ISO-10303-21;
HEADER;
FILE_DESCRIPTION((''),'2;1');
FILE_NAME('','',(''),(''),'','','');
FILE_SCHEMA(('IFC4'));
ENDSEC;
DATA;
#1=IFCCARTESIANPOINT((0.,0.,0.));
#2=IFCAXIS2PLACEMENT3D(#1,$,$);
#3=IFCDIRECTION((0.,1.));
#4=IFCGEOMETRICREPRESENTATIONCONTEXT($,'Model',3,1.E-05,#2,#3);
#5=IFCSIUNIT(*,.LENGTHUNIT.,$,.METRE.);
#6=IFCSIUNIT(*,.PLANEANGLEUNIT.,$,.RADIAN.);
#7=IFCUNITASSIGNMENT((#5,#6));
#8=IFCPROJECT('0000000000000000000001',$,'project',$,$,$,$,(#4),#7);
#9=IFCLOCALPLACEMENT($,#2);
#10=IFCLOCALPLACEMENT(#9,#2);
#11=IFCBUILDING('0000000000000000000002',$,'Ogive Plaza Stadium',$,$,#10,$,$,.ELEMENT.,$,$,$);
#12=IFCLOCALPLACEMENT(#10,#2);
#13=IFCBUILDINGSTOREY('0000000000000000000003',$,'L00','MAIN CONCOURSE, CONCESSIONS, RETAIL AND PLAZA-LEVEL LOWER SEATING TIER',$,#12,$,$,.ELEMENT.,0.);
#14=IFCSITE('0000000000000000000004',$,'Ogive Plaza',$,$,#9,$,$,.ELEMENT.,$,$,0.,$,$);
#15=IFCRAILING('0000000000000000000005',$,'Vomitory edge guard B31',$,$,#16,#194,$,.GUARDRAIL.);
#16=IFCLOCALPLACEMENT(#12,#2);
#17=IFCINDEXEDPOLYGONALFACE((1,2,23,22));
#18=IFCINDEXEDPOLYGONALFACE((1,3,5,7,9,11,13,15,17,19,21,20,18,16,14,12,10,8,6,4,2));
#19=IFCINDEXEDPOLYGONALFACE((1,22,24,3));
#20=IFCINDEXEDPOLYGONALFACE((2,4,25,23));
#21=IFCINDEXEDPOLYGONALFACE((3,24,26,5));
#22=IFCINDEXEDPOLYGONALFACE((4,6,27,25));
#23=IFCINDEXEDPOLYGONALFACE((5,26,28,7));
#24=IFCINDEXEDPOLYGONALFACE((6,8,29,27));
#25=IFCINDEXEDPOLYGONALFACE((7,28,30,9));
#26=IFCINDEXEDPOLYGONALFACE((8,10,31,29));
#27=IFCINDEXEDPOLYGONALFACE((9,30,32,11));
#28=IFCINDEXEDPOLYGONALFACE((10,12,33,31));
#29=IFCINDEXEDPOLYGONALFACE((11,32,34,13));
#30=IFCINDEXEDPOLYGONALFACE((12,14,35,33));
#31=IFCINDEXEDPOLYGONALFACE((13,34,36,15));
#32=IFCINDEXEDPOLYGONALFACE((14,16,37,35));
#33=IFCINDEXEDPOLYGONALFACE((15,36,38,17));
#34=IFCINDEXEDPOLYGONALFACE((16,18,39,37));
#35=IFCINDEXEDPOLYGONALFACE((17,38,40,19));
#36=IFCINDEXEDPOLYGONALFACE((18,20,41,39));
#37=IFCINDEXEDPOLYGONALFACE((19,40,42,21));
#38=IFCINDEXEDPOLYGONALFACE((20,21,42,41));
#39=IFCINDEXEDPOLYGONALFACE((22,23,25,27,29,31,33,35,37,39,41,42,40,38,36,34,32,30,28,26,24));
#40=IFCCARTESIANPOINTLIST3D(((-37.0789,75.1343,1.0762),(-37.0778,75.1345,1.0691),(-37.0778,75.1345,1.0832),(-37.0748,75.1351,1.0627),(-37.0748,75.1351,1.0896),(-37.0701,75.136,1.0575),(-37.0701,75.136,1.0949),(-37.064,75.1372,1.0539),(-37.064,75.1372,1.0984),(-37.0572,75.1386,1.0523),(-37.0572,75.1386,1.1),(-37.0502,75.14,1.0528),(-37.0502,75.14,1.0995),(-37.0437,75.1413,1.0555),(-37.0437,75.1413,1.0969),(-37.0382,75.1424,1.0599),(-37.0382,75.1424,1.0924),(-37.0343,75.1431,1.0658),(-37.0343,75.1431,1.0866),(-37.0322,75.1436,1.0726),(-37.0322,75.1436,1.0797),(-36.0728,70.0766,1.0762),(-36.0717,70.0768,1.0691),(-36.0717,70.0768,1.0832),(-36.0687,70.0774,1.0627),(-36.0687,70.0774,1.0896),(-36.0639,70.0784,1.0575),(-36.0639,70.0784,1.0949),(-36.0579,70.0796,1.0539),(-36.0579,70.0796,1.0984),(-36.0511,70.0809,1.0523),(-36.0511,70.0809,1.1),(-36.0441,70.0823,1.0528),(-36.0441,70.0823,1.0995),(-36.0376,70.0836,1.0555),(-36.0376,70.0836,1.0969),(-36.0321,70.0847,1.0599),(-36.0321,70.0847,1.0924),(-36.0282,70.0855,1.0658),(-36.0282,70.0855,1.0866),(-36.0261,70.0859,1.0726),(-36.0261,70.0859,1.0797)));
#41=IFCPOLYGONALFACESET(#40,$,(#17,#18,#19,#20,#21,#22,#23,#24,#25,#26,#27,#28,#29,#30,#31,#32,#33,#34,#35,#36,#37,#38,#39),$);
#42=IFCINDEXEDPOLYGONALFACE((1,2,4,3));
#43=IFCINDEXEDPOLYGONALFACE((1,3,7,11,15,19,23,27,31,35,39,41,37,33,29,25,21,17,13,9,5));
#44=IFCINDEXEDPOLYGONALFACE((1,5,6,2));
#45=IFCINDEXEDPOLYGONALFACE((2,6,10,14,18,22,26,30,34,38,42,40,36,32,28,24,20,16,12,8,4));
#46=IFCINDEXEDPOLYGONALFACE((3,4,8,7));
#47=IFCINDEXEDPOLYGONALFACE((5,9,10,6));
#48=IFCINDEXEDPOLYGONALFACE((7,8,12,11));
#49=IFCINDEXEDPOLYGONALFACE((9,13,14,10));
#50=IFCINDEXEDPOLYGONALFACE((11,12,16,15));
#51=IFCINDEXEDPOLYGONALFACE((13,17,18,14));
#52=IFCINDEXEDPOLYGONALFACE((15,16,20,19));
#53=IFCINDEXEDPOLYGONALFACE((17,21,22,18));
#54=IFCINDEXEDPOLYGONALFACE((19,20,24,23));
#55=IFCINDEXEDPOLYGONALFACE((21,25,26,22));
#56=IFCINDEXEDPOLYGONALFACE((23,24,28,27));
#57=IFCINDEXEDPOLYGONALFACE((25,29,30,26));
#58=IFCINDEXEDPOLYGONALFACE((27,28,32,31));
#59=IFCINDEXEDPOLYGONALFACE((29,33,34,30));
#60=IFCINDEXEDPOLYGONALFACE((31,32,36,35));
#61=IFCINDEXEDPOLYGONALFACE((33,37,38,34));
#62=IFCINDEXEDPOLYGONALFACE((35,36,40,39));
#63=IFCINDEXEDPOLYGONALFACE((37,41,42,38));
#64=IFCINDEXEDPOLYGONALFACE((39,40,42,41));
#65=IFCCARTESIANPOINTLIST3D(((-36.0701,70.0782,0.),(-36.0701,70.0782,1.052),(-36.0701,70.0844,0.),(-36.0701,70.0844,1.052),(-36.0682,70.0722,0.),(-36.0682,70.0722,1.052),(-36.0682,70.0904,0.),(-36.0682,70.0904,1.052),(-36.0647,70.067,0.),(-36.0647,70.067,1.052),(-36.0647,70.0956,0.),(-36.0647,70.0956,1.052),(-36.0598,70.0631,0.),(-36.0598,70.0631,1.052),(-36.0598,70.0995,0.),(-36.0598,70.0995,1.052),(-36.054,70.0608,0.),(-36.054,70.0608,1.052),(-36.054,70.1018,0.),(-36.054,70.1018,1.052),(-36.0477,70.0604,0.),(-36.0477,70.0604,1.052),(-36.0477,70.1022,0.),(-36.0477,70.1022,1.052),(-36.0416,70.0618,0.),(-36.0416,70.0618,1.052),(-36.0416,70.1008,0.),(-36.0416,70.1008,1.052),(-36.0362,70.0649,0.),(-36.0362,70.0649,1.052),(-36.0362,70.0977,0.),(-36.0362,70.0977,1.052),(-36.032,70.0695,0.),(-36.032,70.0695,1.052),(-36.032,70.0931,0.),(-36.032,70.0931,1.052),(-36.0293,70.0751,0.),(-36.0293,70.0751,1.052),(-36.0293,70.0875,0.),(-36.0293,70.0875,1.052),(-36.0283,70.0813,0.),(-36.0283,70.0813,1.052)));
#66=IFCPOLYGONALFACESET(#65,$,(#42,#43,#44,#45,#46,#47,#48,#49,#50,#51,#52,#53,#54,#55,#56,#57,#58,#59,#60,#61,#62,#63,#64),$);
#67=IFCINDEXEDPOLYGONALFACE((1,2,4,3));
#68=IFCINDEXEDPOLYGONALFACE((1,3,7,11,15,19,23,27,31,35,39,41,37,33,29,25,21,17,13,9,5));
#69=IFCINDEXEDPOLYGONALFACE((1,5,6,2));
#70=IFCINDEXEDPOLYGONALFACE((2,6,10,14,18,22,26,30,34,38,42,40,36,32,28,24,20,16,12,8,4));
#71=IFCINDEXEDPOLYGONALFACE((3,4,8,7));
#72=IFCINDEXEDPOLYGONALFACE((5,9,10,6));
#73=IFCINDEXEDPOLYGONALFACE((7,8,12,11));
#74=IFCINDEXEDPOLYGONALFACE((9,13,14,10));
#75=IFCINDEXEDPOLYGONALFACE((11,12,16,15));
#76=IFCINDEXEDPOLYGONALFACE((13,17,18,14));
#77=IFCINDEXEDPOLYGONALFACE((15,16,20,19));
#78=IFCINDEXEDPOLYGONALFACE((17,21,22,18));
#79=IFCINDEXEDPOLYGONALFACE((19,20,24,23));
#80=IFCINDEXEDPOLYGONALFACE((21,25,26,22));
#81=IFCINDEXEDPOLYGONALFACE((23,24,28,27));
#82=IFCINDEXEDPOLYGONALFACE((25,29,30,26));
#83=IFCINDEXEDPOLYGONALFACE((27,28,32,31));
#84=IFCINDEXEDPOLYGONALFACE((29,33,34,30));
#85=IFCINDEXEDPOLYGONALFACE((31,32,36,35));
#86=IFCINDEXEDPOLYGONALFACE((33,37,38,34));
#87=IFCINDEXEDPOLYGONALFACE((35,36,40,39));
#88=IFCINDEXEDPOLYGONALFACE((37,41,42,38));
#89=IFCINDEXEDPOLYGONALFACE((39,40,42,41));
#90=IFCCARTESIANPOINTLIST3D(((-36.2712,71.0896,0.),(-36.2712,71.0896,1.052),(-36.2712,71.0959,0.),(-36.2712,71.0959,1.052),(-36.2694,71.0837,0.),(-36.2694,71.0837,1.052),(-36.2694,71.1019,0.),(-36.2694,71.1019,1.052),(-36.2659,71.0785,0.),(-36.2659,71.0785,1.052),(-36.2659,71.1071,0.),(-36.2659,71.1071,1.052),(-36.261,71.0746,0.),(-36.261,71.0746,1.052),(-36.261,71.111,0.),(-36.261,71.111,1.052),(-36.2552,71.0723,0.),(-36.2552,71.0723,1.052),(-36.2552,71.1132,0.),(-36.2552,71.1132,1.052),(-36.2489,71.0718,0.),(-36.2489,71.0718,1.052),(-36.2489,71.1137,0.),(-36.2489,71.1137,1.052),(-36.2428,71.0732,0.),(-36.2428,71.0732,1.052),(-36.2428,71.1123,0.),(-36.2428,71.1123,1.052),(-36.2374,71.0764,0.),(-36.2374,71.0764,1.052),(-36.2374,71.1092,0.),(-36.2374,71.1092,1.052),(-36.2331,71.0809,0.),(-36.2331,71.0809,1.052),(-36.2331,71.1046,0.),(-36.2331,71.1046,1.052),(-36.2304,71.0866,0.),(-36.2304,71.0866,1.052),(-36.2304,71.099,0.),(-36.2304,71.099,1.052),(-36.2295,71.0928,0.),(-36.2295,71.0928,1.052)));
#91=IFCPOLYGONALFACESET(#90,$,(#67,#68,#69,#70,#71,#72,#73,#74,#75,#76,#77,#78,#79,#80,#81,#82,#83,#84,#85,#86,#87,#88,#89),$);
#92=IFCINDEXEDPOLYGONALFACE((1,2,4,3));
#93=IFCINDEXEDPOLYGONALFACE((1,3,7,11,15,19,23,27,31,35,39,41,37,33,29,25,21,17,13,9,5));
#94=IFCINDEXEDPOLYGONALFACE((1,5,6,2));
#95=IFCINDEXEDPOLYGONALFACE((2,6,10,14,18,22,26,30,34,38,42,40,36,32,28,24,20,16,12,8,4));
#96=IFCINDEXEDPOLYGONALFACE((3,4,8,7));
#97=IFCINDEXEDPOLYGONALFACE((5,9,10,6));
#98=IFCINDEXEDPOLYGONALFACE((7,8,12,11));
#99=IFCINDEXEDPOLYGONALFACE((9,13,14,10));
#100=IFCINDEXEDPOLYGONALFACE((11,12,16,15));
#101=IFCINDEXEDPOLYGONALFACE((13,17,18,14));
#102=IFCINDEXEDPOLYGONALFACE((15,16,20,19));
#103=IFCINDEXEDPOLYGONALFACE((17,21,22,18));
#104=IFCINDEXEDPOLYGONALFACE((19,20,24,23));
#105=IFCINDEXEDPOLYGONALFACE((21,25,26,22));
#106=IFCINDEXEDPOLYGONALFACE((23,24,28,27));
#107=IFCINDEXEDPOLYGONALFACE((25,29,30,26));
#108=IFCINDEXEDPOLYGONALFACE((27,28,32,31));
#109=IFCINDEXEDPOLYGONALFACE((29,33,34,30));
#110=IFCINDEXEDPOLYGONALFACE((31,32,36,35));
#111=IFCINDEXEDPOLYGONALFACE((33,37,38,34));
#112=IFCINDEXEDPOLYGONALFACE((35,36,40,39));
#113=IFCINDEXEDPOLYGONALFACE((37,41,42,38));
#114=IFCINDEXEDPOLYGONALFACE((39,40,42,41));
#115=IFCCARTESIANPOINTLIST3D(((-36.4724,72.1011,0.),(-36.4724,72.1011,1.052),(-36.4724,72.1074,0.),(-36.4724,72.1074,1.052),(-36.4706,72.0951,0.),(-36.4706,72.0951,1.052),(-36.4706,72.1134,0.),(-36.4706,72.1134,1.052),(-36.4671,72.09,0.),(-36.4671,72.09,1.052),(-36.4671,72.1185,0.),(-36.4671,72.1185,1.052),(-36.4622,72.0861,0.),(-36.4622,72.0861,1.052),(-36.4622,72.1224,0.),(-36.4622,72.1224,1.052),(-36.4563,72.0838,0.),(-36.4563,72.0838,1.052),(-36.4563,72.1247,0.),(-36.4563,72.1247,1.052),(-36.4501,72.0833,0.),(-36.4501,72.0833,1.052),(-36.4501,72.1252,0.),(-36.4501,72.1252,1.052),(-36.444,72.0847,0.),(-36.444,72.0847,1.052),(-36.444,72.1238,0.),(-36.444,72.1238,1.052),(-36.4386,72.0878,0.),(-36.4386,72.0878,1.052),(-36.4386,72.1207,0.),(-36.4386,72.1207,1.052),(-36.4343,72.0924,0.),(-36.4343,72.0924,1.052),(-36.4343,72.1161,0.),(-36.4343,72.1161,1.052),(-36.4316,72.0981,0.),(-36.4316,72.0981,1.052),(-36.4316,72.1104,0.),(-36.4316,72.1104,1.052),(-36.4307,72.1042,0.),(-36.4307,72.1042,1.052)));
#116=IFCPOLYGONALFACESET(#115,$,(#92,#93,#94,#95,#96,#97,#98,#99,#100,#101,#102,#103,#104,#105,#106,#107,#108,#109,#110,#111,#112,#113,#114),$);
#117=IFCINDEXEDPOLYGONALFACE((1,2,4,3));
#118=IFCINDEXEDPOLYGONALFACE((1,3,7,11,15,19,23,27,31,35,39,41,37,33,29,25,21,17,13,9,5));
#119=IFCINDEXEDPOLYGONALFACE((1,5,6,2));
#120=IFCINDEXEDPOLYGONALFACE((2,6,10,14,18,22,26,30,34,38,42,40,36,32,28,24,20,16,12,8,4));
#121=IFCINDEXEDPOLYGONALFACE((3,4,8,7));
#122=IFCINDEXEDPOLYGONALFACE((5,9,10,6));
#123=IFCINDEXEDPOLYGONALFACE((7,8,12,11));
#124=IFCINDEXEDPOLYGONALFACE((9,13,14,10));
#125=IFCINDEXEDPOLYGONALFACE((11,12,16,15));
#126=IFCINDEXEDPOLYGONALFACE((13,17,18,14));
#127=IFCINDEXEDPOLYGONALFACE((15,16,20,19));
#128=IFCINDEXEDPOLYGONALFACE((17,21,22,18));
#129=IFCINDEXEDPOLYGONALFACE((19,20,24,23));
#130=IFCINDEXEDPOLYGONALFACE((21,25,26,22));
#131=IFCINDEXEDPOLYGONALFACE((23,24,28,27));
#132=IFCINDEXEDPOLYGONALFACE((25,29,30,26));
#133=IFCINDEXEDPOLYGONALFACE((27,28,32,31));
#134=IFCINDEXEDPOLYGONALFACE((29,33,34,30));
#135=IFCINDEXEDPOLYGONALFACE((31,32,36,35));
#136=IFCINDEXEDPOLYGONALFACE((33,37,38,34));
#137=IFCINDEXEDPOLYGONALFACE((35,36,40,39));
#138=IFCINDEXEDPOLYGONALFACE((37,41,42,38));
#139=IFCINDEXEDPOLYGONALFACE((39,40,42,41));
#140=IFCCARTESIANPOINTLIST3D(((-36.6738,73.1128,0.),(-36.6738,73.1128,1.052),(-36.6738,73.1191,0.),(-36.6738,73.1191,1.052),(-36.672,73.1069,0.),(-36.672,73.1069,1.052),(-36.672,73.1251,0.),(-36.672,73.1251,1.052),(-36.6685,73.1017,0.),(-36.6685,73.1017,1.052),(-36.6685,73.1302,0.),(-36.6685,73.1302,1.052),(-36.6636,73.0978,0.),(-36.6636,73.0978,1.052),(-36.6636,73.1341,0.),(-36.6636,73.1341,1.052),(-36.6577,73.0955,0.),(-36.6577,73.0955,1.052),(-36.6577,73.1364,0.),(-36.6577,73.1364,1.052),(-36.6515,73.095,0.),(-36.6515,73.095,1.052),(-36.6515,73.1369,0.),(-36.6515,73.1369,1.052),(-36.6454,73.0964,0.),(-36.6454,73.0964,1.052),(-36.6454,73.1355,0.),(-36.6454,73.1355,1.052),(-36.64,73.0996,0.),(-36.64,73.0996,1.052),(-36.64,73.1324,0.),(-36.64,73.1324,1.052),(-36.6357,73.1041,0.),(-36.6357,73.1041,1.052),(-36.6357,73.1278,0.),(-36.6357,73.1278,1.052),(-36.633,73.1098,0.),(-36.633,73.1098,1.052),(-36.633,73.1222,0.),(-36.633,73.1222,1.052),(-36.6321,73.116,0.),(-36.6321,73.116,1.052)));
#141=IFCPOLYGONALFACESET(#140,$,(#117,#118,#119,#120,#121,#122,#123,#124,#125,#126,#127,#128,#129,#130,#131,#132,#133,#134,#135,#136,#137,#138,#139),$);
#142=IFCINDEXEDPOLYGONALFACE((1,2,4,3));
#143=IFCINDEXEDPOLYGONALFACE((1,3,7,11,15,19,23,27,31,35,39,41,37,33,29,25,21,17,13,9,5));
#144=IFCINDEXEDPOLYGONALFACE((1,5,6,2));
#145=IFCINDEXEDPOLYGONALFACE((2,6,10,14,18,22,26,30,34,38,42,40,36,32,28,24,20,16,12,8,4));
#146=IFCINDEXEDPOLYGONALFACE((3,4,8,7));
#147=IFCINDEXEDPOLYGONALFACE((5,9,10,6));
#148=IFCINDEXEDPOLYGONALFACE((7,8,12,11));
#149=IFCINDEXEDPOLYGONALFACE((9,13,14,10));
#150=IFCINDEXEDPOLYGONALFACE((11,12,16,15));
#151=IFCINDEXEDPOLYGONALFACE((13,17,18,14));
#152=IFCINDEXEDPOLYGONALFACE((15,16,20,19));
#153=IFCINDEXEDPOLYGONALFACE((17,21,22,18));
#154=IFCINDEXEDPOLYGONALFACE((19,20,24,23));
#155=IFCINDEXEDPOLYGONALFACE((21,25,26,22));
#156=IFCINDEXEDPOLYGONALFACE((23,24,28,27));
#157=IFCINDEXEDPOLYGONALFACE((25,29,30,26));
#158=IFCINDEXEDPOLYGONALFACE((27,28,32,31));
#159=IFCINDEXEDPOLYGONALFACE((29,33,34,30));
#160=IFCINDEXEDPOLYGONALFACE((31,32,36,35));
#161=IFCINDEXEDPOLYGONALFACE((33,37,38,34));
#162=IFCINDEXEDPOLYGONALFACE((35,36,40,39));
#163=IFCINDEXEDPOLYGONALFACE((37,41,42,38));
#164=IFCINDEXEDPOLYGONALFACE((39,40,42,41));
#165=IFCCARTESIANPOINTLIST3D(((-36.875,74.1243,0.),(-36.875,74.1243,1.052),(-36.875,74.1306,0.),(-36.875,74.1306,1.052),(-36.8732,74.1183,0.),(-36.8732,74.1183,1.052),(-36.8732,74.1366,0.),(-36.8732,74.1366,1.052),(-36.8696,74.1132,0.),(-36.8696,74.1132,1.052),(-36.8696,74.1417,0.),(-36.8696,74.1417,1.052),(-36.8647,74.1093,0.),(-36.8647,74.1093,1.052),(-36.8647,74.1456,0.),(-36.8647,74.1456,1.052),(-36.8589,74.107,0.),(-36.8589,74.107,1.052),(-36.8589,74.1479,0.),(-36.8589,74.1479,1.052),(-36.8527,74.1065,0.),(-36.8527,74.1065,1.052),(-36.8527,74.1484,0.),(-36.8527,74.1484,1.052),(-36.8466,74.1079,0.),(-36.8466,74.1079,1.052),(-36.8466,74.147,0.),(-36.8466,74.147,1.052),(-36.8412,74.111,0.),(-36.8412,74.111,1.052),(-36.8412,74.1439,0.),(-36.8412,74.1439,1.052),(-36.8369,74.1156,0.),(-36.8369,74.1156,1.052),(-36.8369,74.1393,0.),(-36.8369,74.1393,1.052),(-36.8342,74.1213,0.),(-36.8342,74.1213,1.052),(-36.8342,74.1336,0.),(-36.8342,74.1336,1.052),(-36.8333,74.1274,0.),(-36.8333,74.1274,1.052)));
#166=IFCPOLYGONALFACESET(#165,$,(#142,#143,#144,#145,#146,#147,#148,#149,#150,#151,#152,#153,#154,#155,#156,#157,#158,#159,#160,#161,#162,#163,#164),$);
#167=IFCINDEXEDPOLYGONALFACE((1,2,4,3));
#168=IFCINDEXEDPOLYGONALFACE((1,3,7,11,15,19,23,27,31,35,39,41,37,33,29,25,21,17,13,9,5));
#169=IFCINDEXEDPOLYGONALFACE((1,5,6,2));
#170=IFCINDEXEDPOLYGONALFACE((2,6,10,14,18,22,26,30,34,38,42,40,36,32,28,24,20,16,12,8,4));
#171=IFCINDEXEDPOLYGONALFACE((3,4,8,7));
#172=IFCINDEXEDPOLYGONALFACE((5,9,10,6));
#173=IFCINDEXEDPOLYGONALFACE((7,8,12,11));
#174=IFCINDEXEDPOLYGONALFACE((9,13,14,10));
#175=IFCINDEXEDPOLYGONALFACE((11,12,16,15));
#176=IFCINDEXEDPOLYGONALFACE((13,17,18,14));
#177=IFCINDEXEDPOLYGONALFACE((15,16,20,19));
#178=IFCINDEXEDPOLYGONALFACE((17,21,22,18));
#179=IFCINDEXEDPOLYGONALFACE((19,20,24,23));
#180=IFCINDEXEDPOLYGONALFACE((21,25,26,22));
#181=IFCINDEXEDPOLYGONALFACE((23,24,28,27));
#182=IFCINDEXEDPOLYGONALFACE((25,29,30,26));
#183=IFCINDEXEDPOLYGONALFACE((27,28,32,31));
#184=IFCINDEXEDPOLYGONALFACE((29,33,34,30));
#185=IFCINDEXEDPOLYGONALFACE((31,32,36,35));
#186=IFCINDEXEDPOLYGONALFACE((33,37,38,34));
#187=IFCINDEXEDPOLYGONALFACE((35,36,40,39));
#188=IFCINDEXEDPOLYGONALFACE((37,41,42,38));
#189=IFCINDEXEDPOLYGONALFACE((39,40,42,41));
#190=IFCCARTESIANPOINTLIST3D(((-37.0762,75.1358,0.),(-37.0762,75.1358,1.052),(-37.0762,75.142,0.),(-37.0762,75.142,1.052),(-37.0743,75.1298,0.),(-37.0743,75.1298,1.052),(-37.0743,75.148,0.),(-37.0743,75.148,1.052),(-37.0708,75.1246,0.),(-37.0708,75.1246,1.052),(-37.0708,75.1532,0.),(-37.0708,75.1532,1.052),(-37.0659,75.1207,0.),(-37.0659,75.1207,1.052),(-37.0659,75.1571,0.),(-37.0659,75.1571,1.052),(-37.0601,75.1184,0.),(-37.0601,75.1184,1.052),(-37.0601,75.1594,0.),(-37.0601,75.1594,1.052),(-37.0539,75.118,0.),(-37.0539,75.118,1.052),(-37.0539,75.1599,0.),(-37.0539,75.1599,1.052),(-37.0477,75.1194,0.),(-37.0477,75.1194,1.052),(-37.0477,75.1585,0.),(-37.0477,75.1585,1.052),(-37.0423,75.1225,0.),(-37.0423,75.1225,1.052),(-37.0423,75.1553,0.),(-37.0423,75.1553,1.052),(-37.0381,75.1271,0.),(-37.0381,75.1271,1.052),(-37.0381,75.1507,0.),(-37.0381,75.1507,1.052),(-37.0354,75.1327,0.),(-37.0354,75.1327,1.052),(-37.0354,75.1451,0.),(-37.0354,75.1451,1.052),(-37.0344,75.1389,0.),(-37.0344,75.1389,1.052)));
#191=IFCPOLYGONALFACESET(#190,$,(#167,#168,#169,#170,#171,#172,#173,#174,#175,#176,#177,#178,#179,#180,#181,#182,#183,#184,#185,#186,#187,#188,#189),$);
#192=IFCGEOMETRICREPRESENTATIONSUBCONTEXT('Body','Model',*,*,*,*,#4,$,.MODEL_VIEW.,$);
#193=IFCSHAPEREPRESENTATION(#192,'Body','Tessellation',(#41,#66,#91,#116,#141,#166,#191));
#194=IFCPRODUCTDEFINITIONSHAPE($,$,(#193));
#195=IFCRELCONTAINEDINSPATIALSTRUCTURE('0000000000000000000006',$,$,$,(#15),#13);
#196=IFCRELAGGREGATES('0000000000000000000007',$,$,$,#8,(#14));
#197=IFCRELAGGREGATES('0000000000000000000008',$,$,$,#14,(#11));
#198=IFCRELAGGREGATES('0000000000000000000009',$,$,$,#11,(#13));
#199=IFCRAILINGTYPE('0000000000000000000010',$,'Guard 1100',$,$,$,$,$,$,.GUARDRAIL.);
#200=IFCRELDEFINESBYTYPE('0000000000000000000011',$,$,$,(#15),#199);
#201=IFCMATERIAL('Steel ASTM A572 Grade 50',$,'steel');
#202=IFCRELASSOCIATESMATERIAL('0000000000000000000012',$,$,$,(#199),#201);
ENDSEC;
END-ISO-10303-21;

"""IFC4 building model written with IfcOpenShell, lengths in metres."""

from ifc_helpers import new_model, si_unit, direction, frame, origin, origin_2d, place, context, subcontext, project, spatial, circle, extrude, material, type_object, element, save


model = new_model("IFC4")

# Units and contexts
model_context = context("Model", 3, precision=1e-05, world=origin(), true_north=direction((0.0, 1.0)))
body_context = subcontext(model_context, "Body", "Model", "MODEL_VIEW")
ifc_project = project(units=[si_unit("LENGTHUNIT", "METRE"), si_unit("PLANEANGLEUNIT", "RADIAN")], contexts=[model_context])

# Site, building, storey
site_placement = place(None, origin())
site = spatial("IfcSite", under=ifc_project, at=site_placement, Name="Ogive Plaza", CompositionType="ELEMENT", RefElevation=0.0)
building_placement = place(site_placement, origin())
building = spatial("IfcBuilding", under=site, at=building_placement, Name="Ogive Plaza Stadium", CompositionType="ELEMENT")
storey_placement = place(building_placement, origin())
storey = spatial("IfcBuildingStorey", under=building, at=storey_placement, Name="L00", Description="MAIN CONCOURSE, CONCESSIONS, RETAIL AND PLAZA-LEVEL LOWER SEATING TIER", CompositionType="ELEMENT", Elevation=0.0)

# Railing
ifc_material_1 = material(Name="Steel ASTM A572 Grade 50", Category="steel")
railing_type = type_object("IfcRailingType", Name="Guard 1100", PredefinedType="GUARDRAIL", material=ifc_material_1)
for number, where, name in (
    (1, (-36.0493, 70.0813, 0.0), "Vomitory edge guard B31"),
):
    element("IfcRailing", number, at=place(storey_placement, frame(where)), inside=storey, type_object=railing_type, Name=name, PredefinedType="GUARDRAIL", context=body_context, shape_type="SweptSolid", body=[
        extrude(circle(Radius=0.0239, at=origin_2d()), frame((0.0, 0.0, 1.0762), z_axis=(-0.195105, 0.980782, 0.0), x_axis=(-0.980782, -0.195105, 0.0)), (0.0, 0.0, 1.0), 5.1567),
        extrude(circle(Radius=0.021, at=origin_2d()), origin(), (0.0, 0.0, 1.0), 1.052),
        extrude(circle(Radius=0.021, at=origin_2d()), frame((-0.2012, 1.0115, 0.0)), (0.0, 0.0, 1.0), 1.052),
        extrude(circle(Radius=0.021, at=origin_2d()), frame((-0.4023, 2.0229, 0.0)), (0.0, 0.0, 1.0), 1.052),
        extrude(circle(Radius=0.021, at=origin_2d()), frame((-0.6038, 3.0347, 0.0)), (0.0, 0.0, 1.0), 1.052),
        extrude(circle(Radius=0.021, at=origin_2d()), frame((-0.8049, 4.0461, 0.0)), (0.0, 0.0, 1.0), 1.052),
        extrude(circle(Radius=0.021, at=origin_2d()), frame((-1.0061, 5.0576, 0.0)), (0.0, 0.0, 1.0), 1.052),
    ])

save(model, "model.ifc")
